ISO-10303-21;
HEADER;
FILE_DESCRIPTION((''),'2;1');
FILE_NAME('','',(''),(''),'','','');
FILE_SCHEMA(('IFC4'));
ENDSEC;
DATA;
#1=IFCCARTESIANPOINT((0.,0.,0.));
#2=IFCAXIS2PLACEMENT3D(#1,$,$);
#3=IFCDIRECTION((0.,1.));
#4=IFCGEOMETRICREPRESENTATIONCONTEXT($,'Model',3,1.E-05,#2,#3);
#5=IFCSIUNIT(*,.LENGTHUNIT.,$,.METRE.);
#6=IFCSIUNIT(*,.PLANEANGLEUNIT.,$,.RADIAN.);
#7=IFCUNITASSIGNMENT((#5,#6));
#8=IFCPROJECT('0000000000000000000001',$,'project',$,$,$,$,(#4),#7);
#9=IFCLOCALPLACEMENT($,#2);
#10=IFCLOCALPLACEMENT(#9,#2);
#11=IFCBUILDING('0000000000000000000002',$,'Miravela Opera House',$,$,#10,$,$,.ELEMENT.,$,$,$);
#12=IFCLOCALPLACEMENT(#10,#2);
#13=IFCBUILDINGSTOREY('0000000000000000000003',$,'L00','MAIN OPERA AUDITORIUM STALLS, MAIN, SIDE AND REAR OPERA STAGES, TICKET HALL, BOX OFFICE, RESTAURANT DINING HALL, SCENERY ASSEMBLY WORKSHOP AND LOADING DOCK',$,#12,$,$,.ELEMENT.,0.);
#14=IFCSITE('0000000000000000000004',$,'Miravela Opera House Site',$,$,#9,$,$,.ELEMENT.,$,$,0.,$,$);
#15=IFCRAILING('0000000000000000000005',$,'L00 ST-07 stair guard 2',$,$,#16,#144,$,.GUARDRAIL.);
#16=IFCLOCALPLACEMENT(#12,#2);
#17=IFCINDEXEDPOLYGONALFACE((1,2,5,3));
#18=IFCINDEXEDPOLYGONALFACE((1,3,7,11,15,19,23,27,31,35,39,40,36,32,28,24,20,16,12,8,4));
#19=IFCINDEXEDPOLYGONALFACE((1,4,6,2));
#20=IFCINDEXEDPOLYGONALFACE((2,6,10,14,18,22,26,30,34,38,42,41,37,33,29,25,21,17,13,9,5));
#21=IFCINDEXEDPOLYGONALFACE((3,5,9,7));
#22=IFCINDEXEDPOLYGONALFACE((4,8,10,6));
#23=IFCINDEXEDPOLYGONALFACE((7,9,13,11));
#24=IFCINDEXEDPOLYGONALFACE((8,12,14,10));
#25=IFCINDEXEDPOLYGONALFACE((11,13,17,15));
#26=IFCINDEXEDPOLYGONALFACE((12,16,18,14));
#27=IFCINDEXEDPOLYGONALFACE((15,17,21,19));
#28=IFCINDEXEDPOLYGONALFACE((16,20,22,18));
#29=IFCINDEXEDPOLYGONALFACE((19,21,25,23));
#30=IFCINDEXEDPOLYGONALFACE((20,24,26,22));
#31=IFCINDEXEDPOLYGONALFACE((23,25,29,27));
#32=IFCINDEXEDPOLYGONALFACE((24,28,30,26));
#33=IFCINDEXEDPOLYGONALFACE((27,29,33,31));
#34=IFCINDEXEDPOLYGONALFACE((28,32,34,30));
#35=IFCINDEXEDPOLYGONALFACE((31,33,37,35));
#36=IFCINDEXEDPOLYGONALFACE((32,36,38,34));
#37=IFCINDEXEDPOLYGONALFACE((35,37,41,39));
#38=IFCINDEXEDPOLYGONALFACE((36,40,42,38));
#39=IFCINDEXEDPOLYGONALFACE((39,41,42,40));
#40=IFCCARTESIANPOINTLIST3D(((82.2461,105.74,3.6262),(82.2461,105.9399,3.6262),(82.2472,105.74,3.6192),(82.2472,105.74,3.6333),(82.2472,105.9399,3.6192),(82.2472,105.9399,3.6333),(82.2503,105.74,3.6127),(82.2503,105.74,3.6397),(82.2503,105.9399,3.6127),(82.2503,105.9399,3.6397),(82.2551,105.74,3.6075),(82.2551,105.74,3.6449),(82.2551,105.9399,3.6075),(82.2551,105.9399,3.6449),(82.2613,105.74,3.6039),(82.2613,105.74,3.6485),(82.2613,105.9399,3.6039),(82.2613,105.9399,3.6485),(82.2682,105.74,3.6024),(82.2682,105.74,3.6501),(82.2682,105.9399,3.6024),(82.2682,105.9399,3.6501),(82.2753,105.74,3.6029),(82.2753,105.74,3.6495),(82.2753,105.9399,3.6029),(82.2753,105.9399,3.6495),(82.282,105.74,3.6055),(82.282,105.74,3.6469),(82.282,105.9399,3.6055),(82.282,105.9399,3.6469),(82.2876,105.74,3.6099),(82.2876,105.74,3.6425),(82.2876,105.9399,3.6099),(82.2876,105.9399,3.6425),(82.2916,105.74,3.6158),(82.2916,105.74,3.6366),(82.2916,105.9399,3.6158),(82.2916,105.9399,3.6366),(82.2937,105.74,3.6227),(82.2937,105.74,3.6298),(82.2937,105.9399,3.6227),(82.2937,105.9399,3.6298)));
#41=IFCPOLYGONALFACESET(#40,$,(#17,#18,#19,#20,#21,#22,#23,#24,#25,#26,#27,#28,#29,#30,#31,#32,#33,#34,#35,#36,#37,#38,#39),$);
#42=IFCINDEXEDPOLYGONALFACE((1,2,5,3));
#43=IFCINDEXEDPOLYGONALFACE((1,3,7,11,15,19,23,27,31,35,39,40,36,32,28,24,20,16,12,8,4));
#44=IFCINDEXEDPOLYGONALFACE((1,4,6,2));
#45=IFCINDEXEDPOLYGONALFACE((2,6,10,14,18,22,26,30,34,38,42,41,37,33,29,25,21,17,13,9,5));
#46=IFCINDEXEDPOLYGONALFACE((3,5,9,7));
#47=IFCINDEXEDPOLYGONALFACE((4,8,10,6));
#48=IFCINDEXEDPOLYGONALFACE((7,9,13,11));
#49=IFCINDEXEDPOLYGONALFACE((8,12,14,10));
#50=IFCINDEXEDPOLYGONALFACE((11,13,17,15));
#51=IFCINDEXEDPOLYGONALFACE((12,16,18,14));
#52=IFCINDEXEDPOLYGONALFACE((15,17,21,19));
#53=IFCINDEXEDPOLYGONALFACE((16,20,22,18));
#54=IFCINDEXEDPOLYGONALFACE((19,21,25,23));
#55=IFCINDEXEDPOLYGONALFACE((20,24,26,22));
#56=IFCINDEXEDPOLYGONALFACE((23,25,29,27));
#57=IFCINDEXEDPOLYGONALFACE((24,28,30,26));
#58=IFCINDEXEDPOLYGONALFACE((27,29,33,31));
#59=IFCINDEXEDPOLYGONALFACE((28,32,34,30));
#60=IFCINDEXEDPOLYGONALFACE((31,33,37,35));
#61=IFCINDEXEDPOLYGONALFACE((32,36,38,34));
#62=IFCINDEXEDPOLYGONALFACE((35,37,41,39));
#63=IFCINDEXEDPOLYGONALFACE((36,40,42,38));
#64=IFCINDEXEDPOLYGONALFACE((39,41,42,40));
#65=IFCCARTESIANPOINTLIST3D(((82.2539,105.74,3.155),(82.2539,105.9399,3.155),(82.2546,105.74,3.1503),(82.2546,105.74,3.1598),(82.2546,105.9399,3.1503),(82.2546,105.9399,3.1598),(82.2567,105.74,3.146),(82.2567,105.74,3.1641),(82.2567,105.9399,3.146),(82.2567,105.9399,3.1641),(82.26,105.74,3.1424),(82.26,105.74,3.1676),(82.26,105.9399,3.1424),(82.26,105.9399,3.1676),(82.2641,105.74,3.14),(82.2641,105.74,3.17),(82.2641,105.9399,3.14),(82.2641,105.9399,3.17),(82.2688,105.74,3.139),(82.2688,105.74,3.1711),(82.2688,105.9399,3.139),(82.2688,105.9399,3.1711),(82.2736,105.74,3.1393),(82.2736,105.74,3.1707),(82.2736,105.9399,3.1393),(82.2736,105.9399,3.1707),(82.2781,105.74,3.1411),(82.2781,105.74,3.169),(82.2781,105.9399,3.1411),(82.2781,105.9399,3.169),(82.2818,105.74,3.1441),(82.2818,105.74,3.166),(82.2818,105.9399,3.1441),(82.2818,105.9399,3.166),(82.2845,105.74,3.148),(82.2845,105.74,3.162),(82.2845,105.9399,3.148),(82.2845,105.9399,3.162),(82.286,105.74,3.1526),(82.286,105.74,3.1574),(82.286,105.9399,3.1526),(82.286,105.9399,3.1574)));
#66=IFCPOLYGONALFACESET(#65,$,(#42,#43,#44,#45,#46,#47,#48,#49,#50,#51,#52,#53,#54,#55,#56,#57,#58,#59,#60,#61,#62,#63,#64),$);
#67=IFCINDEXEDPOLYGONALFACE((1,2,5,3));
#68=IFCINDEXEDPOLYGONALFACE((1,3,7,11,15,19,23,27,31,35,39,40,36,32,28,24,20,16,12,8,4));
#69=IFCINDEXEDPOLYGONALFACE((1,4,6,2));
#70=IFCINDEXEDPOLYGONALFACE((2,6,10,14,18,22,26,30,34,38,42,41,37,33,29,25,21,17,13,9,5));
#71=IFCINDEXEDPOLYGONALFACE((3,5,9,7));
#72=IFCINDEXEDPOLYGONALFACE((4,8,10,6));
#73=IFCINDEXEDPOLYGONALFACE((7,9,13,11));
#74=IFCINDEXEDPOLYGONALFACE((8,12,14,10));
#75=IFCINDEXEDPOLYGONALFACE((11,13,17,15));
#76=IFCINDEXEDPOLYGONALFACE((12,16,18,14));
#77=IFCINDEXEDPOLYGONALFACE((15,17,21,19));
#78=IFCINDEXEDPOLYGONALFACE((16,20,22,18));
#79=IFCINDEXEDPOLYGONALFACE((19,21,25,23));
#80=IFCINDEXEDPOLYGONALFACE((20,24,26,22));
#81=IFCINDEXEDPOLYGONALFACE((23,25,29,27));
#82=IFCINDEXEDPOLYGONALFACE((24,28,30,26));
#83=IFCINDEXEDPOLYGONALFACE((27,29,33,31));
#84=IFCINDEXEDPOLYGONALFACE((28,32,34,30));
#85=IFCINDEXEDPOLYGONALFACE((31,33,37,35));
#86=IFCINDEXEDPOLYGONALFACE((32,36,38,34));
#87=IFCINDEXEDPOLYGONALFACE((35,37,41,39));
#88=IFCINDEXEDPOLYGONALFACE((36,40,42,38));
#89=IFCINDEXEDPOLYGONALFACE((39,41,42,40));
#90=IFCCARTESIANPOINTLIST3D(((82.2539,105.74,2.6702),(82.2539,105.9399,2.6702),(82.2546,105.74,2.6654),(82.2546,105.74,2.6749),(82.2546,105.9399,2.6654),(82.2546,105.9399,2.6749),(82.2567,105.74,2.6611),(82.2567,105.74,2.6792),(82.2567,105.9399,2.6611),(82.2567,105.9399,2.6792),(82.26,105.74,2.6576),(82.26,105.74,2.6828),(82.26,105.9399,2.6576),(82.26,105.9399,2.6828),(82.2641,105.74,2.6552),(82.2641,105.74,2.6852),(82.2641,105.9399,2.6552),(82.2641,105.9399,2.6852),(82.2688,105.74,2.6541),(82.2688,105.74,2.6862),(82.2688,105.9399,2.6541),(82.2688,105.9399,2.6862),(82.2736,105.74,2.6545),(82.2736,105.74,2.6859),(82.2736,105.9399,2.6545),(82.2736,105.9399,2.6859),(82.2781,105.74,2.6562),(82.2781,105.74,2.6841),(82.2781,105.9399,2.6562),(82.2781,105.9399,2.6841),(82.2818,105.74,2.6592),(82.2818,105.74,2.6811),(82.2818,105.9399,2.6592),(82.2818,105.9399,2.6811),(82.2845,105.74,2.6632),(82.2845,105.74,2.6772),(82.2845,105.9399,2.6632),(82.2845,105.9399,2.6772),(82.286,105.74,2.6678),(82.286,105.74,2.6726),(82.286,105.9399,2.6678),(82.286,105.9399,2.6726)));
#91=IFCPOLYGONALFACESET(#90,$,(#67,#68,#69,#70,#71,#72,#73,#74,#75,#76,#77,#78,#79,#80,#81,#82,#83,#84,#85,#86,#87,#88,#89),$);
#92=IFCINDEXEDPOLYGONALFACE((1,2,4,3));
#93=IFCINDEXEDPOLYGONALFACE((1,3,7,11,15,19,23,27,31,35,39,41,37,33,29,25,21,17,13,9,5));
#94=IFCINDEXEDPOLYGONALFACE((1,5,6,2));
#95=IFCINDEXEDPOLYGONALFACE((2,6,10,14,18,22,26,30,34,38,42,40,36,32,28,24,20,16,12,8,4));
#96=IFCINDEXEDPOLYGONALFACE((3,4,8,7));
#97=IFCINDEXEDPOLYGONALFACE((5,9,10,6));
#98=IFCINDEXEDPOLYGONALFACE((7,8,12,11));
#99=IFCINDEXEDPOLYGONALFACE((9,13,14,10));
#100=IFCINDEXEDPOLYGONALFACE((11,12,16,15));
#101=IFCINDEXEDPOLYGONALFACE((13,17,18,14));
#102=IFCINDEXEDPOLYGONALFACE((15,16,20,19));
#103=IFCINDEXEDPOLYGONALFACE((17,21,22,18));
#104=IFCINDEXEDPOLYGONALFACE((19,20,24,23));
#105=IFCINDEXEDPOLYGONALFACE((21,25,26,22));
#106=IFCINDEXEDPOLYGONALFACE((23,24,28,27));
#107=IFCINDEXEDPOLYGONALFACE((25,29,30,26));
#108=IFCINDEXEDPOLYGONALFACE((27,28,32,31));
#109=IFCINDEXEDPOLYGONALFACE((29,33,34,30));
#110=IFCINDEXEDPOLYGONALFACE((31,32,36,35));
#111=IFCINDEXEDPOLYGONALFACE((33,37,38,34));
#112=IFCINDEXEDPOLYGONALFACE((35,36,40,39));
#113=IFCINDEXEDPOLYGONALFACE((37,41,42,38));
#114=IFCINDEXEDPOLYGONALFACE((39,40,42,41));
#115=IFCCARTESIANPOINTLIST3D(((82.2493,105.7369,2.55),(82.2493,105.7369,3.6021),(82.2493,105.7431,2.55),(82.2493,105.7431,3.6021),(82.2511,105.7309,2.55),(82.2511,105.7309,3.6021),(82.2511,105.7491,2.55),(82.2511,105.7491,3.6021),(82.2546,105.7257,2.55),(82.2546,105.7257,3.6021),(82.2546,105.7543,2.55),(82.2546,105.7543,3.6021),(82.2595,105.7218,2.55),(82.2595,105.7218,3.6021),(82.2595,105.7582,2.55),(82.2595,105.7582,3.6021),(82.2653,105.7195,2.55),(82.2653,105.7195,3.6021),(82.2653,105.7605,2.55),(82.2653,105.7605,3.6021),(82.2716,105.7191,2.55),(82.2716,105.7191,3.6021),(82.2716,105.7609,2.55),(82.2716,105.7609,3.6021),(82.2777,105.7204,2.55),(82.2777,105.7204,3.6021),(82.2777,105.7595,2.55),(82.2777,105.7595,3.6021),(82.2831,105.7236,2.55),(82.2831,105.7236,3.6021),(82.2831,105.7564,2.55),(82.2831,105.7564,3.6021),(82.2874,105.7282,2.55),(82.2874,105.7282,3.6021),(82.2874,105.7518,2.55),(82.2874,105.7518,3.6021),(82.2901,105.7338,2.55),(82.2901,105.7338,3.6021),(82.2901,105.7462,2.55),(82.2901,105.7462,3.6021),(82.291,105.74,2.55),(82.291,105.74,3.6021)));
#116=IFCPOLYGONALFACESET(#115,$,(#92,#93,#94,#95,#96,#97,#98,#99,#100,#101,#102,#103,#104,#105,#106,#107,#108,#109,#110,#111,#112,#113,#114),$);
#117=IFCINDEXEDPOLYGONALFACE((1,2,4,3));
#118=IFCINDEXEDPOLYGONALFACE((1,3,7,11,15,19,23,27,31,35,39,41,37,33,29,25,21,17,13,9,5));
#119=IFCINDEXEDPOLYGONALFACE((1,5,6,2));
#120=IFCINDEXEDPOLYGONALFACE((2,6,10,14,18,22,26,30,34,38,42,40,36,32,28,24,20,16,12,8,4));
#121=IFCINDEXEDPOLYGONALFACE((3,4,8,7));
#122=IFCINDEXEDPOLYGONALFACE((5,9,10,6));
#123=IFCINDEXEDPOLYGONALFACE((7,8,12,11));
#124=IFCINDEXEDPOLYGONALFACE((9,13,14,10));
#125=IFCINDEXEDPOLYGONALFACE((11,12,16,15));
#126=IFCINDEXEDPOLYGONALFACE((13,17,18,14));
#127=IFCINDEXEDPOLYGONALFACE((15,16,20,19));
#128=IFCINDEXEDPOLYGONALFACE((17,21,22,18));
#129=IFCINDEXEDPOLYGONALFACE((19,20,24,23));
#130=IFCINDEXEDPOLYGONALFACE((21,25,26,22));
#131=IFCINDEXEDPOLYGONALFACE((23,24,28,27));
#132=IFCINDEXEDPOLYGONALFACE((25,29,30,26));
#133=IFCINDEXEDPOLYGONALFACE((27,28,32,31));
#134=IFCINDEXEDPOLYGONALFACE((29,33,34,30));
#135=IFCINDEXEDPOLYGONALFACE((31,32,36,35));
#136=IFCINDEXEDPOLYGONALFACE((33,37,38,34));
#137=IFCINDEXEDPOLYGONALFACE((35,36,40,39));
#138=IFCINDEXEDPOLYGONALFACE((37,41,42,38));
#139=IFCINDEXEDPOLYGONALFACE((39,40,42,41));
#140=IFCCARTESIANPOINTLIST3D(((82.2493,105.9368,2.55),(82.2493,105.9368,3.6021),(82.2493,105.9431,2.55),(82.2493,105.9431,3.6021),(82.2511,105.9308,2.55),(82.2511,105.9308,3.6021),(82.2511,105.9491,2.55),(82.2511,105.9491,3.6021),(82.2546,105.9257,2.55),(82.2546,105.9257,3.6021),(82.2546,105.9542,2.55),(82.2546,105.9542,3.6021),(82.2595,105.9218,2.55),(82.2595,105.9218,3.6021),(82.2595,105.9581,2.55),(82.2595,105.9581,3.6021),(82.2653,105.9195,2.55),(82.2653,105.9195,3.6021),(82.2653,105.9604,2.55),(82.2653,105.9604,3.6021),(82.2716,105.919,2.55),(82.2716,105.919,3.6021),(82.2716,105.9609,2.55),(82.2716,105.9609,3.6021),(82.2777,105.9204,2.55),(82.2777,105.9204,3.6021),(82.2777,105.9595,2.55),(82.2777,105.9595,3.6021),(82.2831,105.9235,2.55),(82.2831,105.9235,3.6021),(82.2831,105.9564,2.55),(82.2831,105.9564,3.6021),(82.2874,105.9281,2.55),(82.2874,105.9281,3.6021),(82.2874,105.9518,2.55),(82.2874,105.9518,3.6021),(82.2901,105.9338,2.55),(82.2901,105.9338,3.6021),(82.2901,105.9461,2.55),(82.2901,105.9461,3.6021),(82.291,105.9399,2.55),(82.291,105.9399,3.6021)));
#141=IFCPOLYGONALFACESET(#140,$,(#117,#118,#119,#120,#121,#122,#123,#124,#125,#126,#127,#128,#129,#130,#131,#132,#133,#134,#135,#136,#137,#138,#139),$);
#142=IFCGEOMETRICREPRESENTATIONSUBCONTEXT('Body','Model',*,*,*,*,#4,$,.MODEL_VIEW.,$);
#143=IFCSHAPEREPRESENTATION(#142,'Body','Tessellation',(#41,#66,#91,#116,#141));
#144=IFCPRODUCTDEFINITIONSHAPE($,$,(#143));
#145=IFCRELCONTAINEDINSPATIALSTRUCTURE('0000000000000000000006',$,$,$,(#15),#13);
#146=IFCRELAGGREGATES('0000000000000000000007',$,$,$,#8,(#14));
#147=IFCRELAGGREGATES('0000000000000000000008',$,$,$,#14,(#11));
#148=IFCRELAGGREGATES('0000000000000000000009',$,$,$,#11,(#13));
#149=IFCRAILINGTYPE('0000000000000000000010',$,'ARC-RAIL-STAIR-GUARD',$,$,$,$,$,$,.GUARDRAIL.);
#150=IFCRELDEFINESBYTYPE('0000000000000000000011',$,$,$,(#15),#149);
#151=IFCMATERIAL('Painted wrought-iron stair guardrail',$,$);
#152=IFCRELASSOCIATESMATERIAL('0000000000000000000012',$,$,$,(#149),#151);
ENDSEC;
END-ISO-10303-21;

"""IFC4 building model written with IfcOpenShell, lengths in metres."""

from ifc_helpers import new_model, si_unit, direction, frame, origin, origin_2d, place, context, subcontext, project, spatial, circle, extrude, material, type_object, element, save


model = new_model("IFC4")

# Units and contexts
model_context = context("Model", 3, precision=1e-05, world=origin(), true_north=direction((0.0, 1.0)))
body_context = subcontext(model_context, "Body", "Model", "MODEL_VIEW")
ifc_project = project(units=[si_unit("LENGTHUNIT", "METRE"), si_unit("PLANEANGLEUNIT", "RADIAN")], contexts=[model_context])

# Site, building, storey
site_placement = place(None, origin())
site = spatial("IfcSite", under=ifc_project, at=site_placement, Name="Miravela Opera House Site", CompositionType="ELEMENT", RefElevation=0.0)
building_placement = place(site_placement, origin())
building = spatial("IfcBuilding", under=site, at=building_placement, Name="Miravela Opera House", CompositionType="ELEMENT")
storey_placement = place(building_placement, origin())
storey = spatial("IfcBuildingStorey", under=building, at=storey_placement, Name="L00", Description="MAIN OPERA AUDITORIUM STALLS, MAIN, SIDE AND REAR OPERA STAGES, TICKET HALL, BOX OFFICE, RESTAURANT DINING HALL, SCENERY ASSEMBLY WORKSHOP AND LOADING DOCK", CompositionType="ELEMENT", Elevation=0.0)

# Railing
ifc_material_1 = material(Name="Painted wrought-iron stair guardrail")
railing_type_1 = type_object("IfcRailingType", Name="ARC-RAIL-STAIR-GUARD", PredefinedType="GUARDRAIL", material=ifc_material_1)
railing_1_placement = place(storey_placement, frame((82.27, 105.74, 2.55)))
element("IfcRailing", 1, at=railing_1_placement, inside=storey, type_object=railing_type_1, Name="L00 ST-07 stair guard 2", PredefinedType="GUARDRAIL", context=body_context, shape_type="SweptSolid", body=[
    extrude(circle(Radius=0.0239, at=origin_2d()), frame((0.0, 0.0, 1.0762), z_axis=(0.0, 1.0, 0.0), x_axis=(-1.0, 0.0, 0.0)), (0.0, 0.0, 1.0), 0.2),
    extrude(circle(Radius=0.0161, at=origin_2d()), frame((0.0, 0.0, 0.605), z_axis=(0.0, 1.0, 0.0), x_axis=(-1.0, 0.0, 0.0)), (0.0, 0.0, 1.0), 0.2),
    extrude(circle(Radius=0.0161, at=origin_2d()), frame((0.0, 0.0, 0.1201), z_axis=(0.0, 1.0, 0.0), x_axis=(-1.0, 0.0, 0.0)), (0.0, 0.0, 1.0), 0.2),
    extrude(circle(Radius=0.021, at=origin_2d()), origin(), (0.0, 0.0, 1.0), 1.052),
    extrude(circle(Radius=0.021, at=origin_2d()), frame((0.0, 0.2, 0.0)), (0.0, 0.0, 1.0), 1.052),
])

save(model, "model.ifc")
